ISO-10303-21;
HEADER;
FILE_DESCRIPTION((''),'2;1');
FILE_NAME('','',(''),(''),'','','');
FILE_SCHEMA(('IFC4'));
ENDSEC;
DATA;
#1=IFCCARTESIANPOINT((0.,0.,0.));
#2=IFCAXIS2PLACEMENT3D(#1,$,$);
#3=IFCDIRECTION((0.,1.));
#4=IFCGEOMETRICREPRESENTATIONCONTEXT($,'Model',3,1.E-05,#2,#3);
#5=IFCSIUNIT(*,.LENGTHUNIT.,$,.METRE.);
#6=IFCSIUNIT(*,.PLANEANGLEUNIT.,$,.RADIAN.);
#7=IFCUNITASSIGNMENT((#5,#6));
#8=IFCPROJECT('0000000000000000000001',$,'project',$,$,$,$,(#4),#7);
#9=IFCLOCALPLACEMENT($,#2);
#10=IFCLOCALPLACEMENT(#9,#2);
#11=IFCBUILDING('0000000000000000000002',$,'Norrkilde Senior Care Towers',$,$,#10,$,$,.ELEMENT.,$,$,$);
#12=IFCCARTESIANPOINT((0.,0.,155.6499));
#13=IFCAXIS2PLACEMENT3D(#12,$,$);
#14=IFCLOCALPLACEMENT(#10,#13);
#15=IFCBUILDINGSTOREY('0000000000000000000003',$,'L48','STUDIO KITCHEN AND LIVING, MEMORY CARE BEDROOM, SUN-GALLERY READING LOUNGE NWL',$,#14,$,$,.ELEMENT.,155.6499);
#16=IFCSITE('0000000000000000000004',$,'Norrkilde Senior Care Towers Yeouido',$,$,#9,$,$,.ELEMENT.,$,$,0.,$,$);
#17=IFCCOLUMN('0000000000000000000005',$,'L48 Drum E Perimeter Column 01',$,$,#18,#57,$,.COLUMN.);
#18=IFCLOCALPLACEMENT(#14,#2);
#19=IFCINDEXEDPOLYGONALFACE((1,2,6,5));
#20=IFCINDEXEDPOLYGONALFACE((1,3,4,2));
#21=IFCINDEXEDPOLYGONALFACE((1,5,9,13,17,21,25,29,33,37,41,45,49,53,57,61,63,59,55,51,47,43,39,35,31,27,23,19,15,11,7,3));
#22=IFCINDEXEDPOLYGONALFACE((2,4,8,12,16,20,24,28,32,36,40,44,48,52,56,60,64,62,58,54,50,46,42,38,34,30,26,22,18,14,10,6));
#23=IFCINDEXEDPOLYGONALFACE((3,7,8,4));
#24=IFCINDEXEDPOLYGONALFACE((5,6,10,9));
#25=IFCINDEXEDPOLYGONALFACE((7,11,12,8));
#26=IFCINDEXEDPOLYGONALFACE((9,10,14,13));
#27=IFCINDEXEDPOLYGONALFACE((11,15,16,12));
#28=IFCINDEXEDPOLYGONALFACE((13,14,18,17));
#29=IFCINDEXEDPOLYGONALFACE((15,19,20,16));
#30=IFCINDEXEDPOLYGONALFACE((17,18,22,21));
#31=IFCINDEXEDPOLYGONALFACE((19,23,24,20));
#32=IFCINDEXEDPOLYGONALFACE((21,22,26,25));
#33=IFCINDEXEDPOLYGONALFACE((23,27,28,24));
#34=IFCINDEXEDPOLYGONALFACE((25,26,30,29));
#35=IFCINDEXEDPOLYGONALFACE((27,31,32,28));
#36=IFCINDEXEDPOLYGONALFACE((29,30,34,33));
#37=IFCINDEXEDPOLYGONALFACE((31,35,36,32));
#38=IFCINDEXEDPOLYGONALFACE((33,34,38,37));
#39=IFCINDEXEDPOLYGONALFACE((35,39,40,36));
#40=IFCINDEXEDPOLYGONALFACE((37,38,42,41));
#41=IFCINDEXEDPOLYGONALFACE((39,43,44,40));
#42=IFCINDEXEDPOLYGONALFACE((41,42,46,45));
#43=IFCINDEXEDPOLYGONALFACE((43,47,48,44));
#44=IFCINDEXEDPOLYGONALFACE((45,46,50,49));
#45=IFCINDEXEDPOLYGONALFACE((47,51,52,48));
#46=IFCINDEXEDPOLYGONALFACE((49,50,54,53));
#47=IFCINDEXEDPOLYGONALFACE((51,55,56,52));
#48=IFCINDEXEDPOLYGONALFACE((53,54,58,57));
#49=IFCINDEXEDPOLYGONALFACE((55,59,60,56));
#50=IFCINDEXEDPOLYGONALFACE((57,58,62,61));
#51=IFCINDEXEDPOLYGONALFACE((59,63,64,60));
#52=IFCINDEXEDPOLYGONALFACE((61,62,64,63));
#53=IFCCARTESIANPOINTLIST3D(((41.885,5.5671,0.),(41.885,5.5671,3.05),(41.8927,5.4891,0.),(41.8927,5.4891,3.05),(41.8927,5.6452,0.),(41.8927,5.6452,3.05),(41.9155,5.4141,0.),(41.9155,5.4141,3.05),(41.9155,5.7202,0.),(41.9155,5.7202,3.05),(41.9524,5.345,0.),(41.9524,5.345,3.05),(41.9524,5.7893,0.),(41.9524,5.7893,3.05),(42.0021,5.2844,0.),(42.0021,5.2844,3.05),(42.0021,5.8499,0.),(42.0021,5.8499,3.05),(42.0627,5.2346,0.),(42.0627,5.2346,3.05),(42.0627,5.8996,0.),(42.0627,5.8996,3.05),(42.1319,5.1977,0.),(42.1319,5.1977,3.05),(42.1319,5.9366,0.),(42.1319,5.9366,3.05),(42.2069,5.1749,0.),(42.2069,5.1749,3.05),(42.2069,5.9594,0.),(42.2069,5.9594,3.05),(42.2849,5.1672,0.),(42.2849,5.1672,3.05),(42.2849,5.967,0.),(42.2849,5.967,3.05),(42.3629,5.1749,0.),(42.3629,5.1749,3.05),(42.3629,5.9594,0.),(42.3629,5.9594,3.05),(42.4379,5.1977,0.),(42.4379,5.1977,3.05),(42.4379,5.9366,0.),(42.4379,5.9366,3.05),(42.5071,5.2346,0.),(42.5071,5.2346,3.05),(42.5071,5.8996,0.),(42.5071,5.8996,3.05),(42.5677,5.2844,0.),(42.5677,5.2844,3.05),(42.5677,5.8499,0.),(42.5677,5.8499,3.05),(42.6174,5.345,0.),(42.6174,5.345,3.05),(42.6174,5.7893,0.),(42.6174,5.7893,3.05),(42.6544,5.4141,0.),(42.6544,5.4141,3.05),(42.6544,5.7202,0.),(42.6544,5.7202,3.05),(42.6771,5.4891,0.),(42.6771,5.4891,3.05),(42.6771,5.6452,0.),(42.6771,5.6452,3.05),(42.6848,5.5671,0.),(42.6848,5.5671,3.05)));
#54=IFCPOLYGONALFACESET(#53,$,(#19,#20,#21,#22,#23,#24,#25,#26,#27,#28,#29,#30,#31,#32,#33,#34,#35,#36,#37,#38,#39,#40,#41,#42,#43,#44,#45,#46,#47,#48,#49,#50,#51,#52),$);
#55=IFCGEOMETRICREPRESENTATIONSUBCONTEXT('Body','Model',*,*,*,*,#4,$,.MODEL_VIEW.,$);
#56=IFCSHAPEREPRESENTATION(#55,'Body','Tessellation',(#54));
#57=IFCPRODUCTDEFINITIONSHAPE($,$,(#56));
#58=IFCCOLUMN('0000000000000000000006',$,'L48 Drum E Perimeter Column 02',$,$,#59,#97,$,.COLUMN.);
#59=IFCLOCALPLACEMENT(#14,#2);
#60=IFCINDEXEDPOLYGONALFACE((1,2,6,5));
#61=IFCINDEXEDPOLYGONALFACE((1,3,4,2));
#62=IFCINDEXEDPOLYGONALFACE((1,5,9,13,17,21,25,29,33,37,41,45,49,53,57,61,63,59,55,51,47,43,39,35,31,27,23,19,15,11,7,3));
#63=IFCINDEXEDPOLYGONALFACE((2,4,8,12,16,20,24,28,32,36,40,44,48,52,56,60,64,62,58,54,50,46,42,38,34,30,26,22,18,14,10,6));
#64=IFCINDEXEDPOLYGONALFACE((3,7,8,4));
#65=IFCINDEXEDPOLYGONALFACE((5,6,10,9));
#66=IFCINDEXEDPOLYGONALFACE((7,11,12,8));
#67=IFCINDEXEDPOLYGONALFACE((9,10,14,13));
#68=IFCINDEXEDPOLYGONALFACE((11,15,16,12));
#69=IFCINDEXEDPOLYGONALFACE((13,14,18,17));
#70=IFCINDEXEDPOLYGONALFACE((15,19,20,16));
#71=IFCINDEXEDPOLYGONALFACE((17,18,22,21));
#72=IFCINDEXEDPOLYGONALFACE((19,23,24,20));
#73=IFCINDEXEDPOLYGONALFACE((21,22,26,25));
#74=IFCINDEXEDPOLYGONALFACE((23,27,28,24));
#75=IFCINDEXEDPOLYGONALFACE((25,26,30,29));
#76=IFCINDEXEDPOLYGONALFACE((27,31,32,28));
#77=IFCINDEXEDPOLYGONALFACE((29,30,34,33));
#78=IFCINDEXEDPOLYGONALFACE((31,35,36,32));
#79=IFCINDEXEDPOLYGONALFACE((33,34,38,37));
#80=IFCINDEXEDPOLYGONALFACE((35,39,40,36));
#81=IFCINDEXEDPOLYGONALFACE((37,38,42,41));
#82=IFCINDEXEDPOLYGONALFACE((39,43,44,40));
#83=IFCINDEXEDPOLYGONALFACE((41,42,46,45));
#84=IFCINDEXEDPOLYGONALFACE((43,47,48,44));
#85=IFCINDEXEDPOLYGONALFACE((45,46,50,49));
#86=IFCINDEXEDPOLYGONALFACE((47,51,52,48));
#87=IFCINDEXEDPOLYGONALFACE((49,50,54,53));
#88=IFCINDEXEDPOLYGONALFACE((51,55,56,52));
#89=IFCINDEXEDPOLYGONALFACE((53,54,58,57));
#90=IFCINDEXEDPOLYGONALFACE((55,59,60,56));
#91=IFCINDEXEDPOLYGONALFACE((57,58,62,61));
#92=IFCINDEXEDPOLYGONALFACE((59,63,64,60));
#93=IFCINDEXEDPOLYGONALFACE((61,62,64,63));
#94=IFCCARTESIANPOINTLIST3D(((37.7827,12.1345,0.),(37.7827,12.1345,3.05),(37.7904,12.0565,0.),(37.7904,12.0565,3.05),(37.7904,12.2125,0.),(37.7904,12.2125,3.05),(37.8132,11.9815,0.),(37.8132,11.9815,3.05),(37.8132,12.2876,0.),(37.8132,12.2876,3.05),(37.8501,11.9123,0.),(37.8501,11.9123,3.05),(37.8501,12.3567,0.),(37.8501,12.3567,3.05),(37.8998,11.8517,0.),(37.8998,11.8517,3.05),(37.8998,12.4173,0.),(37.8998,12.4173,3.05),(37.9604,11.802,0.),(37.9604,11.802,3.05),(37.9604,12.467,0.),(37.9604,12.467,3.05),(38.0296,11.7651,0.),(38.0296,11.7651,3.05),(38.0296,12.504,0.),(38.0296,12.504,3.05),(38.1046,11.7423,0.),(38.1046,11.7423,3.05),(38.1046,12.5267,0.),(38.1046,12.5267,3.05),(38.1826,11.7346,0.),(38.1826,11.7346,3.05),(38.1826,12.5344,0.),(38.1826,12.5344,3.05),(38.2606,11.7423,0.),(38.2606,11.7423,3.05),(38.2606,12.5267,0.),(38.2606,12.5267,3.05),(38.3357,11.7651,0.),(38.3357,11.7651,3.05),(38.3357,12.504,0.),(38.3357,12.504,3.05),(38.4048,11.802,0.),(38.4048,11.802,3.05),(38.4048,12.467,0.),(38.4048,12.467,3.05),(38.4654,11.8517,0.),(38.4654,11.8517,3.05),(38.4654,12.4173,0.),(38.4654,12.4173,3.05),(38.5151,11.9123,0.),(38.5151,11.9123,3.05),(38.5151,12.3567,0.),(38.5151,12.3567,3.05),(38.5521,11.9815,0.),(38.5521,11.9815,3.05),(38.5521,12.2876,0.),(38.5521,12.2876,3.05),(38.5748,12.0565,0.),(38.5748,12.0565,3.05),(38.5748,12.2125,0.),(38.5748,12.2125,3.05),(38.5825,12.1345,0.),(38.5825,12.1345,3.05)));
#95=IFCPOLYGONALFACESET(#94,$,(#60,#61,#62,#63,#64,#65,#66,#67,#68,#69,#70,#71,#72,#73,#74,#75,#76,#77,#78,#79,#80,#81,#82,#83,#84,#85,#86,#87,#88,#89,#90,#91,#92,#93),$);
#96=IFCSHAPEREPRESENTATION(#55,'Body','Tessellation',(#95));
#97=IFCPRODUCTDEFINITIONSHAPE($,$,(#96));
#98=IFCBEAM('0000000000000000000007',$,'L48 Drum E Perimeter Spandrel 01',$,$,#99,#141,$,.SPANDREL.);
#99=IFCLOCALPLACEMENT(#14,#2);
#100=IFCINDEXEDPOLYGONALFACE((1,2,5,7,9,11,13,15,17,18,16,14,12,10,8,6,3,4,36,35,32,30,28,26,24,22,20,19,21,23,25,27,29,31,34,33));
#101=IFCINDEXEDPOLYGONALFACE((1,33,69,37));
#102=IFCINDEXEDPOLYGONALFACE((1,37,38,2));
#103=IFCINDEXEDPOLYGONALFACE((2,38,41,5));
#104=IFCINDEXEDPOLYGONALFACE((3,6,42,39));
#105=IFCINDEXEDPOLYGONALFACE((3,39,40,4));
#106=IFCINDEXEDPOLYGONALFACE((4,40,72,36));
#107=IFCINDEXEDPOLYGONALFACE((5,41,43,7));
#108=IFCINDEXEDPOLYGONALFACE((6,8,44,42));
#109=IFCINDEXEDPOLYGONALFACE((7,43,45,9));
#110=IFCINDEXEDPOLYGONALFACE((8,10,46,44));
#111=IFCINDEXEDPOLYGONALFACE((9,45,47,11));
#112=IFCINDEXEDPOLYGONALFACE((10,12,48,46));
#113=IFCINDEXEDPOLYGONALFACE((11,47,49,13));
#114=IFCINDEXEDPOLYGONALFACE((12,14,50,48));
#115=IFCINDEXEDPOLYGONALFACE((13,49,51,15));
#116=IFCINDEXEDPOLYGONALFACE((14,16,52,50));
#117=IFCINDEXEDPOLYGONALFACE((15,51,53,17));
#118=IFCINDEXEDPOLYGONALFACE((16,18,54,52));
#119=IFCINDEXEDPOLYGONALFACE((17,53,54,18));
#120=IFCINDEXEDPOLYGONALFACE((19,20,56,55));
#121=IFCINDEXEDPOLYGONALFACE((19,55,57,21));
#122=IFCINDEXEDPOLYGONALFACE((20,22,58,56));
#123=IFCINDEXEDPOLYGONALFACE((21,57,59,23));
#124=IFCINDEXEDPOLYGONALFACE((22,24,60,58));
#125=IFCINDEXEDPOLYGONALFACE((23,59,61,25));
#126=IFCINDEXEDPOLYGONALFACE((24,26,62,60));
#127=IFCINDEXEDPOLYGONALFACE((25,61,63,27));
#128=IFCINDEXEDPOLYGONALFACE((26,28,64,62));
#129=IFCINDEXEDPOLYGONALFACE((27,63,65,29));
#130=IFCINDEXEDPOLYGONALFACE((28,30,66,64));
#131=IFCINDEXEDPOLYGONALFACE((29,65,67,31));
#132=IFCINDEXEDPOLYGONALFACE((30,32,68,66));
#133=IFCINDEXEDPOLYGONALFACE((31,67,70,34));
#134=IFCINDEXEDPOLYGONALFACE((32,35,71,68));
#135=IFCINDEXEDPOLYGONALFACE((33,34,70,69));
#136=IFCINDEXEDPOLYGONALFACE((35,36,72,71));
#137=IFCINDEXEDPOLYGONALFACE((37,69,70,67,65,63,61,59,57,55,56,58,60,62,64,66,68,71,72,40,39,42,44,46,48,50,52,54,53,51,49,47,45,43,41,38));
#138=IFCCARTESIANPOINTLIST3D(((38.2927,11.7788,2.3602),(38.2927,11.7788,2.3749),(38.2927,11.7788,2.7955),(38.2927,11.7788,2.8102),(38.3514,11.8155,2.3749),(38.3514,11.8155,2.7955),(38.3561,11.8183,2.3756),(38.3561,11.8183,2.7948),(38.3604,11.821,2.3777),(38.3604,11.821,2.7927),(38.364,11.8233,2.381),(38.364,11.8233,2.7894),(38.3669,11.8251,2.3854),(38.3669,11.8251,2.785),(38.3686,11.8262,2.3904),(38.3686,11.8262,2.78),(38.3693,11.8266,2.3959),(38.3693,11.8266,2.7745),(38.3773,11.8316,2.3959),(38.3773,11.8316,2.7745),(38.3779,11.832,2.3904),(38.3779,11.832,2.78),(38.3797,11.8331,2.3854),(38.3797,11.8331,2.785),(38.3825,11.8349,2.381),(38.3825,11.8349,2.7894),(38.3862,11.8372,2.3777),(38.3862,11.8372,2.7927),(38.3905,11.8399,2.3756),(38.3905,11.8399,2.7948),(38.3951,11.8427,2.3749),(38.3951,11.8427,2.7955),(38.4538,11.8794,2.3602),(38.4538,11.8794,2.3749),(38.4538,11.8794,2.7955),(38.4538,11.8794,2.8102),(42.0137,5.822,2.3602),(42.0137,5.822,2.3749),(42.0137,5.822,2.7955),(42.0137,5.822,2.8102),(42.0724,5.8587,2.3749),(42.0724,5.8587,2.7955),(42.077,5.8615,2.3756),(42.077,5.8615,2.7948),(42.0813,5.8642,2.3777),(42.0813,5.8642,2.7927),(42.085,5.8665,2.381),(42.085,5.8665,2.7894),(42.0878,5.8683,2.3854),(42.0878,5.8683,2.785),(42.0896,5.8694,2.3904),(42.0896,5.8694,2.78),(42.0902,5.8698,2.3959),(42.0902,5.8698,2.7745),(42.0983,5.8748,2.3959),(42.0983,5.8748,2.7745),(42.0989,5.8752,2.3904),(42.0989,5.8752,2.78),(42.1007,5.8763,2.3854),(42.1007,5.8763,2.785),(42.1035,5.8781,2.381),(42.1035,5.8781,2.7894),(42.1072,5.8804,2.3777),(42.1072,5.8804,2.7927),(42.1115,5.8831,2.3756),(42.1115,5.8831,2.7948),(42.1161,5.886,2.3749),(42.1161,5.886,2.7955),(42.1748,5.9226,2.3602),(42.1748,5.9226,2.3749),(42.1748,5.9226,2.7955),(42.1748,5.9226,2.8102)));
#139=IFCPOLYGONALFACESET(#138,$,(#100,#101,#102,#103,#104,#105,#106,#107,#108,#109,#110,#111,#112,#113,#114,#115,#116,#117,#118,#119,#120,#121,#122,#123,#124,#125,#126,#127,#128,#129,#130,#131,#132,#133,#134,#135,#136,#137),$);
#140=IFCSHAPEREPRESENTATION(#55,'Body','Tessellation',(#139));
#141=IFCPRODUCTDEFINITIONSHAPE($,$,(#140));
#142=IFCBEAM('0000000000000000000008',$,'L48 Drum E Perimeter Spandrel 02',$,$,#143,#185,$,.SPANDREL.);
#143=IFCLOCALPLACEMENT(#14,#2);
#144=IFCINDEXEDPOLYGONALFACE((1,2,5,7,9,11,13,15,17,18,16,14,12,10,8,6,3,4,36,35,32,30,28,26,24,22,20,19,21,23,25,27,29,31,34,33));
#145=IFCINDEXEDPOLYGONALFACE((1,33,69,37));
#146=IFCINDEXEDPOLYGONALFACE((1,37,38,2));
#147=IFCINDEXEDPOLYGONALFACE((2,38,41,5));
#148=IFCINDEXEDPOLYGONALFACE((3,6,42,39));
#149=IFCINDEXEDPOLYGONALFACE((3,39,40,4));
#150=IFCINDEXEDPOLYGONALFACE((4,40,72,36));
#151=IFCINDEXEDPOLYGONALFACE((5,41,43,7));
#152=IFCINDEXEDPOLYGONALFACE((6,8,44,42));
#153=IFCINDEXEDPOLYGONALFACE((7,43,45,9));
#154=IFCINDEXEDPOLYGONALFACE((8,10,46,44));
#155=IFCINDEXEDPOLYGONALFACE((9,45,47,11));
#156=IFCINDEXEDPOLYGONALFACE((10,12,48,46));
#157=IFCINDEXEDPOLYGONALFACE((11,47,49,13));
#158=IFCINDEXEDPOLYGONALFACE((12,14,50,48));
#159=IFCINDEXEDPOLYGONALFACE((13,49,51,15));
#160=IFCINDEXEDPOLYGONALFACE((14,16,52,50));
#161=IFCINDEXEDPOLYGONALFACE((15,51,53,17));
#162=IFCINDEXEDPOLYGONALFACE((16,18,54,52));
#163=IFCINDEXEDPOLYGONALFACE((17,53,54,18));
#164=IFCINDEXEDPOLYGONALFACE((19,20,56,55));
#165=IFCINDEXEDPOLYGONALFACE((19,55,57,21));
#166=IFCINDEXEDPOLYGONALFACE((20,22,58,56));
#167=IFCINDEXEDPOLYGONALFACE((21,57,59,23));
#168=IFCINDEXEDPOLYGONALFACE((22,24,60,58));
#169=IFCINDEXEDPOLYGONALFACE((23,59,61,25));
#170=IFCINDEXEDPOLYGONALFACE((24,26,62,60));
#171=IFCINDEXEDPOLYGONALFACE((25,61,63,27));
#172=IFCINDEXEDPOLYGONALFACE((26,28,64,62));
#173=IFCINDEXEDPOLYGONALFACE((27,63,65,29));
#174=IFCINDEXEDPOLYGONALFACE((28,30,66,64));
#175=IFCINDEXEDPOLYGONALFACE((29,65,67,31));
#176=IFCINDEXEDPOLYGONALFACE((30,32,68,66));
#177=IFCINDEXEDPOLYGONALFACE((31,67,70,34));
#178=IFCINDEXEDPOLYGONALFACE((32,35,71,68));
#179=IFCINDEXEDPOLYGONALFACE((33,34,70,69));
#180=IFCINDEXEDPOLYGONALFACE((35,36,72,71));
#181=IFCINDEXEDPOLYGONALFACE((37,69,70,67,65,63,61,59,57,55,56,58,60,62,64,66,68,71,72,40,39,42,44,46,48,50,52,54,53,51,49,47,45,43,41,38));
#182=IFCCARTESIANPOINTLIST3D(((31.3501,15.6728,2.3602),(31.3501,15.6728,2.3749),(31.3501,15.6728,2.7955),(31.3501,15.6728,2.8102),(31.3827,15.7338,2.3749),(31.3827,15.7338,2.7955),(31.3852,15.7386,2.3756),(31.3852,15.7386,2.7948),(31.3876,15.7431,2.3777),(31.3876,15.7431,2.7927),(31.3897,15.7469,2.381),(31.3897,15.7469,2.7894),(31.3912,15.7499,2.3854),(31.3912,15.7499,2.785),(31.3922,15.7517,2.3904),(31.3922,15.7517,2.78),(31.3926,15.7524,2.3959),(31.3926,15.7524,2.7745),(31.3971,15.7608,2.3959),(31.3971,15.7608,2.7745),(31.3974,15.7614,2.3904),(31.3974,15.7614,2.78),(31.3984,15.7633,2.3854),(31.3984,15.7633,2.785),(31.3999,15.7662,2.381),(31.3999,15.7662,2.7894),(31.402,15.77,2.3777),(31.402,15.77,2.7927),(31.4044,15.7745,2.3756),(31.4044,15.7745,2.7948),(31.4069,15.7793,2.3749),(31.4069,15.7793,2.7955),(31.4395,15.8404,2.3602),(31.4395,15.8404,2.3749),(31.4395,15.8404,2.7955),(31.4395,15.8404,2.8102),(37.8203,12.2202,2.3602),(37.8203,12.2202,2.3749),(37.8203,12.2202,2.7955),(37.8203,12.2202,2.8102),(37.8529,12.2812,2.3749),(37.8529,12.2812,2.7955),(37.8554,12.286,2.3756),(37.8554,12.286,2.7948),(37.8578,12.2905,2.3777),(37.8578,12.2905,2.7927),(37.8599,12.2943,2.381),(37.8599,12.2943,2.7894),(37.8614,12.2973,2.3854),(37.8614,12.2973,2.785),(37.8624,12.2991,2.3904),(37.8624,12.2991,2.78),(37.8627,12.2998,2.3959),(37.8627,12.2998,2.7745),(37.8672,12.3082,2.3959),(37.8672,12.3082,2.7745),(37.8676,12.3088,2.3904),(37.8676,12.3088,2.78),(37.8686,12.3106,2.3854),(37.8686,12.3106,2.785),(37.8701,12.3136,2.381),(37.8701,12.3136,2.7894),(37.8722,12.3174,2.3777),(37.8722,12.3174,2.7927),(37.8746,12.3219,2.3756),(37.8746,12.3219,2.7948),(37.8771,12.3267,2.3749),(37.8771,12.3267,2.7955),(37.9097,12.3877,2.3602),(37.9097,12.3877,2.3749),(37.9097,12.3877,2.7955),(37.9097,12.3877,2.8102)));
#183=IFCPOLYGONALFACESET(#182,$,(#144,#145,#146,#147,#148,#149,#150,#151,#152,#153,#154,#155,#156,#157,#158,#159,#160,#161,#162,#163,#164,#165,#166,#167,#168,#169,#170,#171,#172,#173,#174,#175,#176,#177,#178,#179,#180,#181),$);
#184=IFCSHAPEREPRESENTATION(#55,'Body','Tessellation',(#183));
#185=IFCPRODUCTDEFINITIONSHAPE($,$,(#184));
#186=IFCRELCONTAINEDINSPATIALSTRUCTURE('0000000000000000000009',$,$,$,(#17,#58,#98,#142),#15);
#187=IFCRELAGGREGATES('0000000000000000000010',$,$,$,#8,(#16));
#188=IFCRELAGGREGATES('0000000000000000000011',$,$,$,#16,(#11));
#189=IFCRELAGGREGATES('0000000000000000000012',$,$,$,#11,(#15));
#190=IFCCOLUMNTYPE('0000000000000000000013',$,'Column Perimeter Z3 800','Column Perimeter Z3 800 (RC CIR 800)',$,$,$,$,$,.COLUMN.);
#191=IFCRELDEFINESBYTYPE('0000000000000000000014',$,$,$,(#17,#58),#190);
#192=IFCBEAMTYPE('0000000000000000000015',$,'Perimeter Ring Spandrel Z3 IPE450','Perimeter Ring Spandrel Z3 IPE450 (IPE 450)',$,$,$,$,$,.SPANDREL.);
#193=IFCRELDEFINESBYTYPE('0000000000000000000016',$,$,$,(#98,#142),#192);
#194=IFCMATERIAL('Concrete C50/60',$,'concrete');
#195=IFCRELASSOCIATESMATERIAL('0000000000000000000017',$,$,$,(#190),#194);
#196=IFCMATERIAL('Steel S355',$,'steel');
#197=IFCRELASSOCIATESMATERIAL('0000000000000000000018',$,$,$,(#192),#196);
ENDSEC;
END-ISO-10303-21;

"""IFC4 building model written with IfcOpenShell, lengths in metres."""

from ifc_helpers import new_model, si_unit, direction, frame, origin, origin_2d, place, context, subcontext, project, spatial, circle, i_section, extrude, source, transform, mapped, material, material_profile, profile_set, type_object, type_shapes, element, save


model = new_model("IFC4")

# Units and contexts
model_context = context("Model", 3, precision=1e-05, world=origin(), true_north=direction((0.0, 1.0)))
body_context = subcontext(model_context, "Body", "Model", "MODEL_VIEW")
ifc_project = project(units=[si_unit("LENGTHUNIT", "METRE"), si_unit("PLANEANGLEUNIT", "RADIAN")], contexts=[model_context])

# Site, building, storey
site_placement = place(None, origin())
site = spatial("IfcSite", under=ifc_project, at=site_placement, Name="Norrkilde Senior Care Towers Yeouido", CompositionType="ELEMENT", RefElevation=0.0)
building_placement = place(site_placement, origin())
building = spatial("IfcBuilding", under=site, at=building_placement, Name="Norrkilde Senior Care Towers", CompositionType="ELEMENT")
storey_placement = place(building_placement, frame((0.0, 0.0, 155.6499)))
storey = spatial("IfcBuildingStorey", under=building, at=storey_placement, Name="L48", Description="STUDIO KITCHEN AND LIVING, MEMORY CARE BEDROOM, SUN-GALLERY READING LOUNGE NWL", CompositionType="ELEMENT", Elevation=155.6499)

# Columns
ifc_material_1 = material(Name="Concrete C50/60", Category="concrete")
ifc_material_profile_1 = material_profile(ifc_material_1, circle(Radius=0.3999, at=origin_2d()), Name="RC CIR 800")
ifc_profile_set_1 = profile_set([ifc_material_profile_1], Name="Concrete C50/60")
column_type = type_object("IfcColumnType", Name="Column Perimeter Z3 800", Description="Column Perimeter Z3 800 (RC CIR 800)", PredefinedType="COLUMN", material=ifc_profile_set_1)
shared_shape_1 = source(origin(), body_context, "Body", "SweptSolid", [
    extrude(circle(Radius=0.3999, at=origin_2d()), origin(), (0.0, 0.0, 1.0), 3.05),
])
type_shapes(column_type, [shared_shape_1])
for number, where, z_axis, x_axis, name in (
    (1, (42.2849, 5.5671, 0.0), (0.0, 0.0, 1.0), (1.0, 0.0, 0.0), "L48 Drum E Perimeter Column 01"),
    (2, (38.1826, 12.1345, 0.0), (0.0, 0.0, 1.0), (1.0, 0.0, 0.0), "L48 Drum E Perimeter Column 02"),
):
    element("IfcColumn", number, at=place(storey_placement, frame(where, z_axis=z_axis, x_axis=x_axis)), inside=storey, type_object=column_type, Name=name, PredefinedType="COLUMN", context=body_context, shape_type="MappedRepresentation", body=[
        mapped(shared_shape_1, transform((0.0, 0.0, 0.0), x_axis=(1.0, 0.0, 0.0), y_axis=(0.0, 1.0, 0.0), z_axis=(0.0, 0.0, 1.0), scale=1.0)),
    ])

# Beams
ifc_material_2 = material(Name="Steel S355", Category="steel")
ifc_material_profile_2 = material_profile(ifc_material_2, i_section(OverallWidth=0.1899, OverallDepth=0.45, WebThickness=0.0095, FlangeThickness=0.0146, FilletRadius=0.021, at=origin_2d()), Name="IPE 450")
ifc_profile_set_2 = profile_set([ifc_material_profile_2], Name="Steel S355")
beam_type_1 = type_object("IfcBeamType", Name="Perimeter Ring Spandrel Z3 IPE450", Description="Perimeter Ring Spandrel Z3 IPE450 (IPE 450)", PredefinedType="SPANDREL", material=ifc_profile_set_2)
shared_shape_2 = source(origin(), body_context, "Body", "SweptSolid", [
    extrude(i_section(OverallWidth=0.1899, OverallDepth=0.45, WebThickness=0.0095, FlangeThickness=0.0146, FilletRadius=0.021, at=origin_2d()), origin(), (0.0, 0.0, 1.0), 7.0234),
])
beam_1_placement = place(storey_placement, frame((42.0942, 5.8723, 2.5852), z_axis=(-0.52979, 0.848129, 0.0), x_axis=(-0.848129, -0.52979, 0.0)))
element("IfcBeam", 3, at=beam_1_placement, inside=storey, type_object=beam_type_1, Name="L48 Drum E Perimeter Spandrel 01", PredefinedType="SPANDREL", context=body_context, shape_type="MappedRepresentation", body=[
    mapped(shared_shape_2, transform((0.0, 0.0, 0.0), x_axis=(1.0, 0.0, 0.0), y_axis=(0.0, 1.0, 0.0), z_axis=(0.0, 0.0, 1.0), scale=1.0)),
])
shared_shape_3 = source(origin(), body_context, "Body", "SweptSolid", [
    extrude(i_section(OverallWidth=0.1899, OverallDepth=0.45, WebThickness=0.0095, FlangeThickness=0.0146, FilletRadius=0.021, at=origin_2d()), origin(), (0.0, 0.0, 1.0), 7.3337),
])
type_shapes(beam_type_1, [shared_shape_2, shared_shape_3])
beam_2_placement = place(storey_placement, frame((37.865, 12.304, 2.5852), z_axis=(-0.882248, 0.470785, 0.0), x_axis=(-0.470785, -0.882248, 0.0)))
element("IfcBeam", 4, at=beam_2_placement, inside=storey, type_object=beam_type_1, Name="L48 Drum E Perimeter Spandrel 02", PredefinedType="SPANDREL", context=body_context, shape_type="MappedRepresentation", body=[
    mapped(shared_shape_3, transform((0.0, 0.0, 0.0), x_axis=(1.0, 0.0, 0.0), y_axis=(0.0, 1.0, 0.0), z_axis=(0.0, 0.0, 1.0), scale=1.0)),
])

save(model, "model.ifc")
